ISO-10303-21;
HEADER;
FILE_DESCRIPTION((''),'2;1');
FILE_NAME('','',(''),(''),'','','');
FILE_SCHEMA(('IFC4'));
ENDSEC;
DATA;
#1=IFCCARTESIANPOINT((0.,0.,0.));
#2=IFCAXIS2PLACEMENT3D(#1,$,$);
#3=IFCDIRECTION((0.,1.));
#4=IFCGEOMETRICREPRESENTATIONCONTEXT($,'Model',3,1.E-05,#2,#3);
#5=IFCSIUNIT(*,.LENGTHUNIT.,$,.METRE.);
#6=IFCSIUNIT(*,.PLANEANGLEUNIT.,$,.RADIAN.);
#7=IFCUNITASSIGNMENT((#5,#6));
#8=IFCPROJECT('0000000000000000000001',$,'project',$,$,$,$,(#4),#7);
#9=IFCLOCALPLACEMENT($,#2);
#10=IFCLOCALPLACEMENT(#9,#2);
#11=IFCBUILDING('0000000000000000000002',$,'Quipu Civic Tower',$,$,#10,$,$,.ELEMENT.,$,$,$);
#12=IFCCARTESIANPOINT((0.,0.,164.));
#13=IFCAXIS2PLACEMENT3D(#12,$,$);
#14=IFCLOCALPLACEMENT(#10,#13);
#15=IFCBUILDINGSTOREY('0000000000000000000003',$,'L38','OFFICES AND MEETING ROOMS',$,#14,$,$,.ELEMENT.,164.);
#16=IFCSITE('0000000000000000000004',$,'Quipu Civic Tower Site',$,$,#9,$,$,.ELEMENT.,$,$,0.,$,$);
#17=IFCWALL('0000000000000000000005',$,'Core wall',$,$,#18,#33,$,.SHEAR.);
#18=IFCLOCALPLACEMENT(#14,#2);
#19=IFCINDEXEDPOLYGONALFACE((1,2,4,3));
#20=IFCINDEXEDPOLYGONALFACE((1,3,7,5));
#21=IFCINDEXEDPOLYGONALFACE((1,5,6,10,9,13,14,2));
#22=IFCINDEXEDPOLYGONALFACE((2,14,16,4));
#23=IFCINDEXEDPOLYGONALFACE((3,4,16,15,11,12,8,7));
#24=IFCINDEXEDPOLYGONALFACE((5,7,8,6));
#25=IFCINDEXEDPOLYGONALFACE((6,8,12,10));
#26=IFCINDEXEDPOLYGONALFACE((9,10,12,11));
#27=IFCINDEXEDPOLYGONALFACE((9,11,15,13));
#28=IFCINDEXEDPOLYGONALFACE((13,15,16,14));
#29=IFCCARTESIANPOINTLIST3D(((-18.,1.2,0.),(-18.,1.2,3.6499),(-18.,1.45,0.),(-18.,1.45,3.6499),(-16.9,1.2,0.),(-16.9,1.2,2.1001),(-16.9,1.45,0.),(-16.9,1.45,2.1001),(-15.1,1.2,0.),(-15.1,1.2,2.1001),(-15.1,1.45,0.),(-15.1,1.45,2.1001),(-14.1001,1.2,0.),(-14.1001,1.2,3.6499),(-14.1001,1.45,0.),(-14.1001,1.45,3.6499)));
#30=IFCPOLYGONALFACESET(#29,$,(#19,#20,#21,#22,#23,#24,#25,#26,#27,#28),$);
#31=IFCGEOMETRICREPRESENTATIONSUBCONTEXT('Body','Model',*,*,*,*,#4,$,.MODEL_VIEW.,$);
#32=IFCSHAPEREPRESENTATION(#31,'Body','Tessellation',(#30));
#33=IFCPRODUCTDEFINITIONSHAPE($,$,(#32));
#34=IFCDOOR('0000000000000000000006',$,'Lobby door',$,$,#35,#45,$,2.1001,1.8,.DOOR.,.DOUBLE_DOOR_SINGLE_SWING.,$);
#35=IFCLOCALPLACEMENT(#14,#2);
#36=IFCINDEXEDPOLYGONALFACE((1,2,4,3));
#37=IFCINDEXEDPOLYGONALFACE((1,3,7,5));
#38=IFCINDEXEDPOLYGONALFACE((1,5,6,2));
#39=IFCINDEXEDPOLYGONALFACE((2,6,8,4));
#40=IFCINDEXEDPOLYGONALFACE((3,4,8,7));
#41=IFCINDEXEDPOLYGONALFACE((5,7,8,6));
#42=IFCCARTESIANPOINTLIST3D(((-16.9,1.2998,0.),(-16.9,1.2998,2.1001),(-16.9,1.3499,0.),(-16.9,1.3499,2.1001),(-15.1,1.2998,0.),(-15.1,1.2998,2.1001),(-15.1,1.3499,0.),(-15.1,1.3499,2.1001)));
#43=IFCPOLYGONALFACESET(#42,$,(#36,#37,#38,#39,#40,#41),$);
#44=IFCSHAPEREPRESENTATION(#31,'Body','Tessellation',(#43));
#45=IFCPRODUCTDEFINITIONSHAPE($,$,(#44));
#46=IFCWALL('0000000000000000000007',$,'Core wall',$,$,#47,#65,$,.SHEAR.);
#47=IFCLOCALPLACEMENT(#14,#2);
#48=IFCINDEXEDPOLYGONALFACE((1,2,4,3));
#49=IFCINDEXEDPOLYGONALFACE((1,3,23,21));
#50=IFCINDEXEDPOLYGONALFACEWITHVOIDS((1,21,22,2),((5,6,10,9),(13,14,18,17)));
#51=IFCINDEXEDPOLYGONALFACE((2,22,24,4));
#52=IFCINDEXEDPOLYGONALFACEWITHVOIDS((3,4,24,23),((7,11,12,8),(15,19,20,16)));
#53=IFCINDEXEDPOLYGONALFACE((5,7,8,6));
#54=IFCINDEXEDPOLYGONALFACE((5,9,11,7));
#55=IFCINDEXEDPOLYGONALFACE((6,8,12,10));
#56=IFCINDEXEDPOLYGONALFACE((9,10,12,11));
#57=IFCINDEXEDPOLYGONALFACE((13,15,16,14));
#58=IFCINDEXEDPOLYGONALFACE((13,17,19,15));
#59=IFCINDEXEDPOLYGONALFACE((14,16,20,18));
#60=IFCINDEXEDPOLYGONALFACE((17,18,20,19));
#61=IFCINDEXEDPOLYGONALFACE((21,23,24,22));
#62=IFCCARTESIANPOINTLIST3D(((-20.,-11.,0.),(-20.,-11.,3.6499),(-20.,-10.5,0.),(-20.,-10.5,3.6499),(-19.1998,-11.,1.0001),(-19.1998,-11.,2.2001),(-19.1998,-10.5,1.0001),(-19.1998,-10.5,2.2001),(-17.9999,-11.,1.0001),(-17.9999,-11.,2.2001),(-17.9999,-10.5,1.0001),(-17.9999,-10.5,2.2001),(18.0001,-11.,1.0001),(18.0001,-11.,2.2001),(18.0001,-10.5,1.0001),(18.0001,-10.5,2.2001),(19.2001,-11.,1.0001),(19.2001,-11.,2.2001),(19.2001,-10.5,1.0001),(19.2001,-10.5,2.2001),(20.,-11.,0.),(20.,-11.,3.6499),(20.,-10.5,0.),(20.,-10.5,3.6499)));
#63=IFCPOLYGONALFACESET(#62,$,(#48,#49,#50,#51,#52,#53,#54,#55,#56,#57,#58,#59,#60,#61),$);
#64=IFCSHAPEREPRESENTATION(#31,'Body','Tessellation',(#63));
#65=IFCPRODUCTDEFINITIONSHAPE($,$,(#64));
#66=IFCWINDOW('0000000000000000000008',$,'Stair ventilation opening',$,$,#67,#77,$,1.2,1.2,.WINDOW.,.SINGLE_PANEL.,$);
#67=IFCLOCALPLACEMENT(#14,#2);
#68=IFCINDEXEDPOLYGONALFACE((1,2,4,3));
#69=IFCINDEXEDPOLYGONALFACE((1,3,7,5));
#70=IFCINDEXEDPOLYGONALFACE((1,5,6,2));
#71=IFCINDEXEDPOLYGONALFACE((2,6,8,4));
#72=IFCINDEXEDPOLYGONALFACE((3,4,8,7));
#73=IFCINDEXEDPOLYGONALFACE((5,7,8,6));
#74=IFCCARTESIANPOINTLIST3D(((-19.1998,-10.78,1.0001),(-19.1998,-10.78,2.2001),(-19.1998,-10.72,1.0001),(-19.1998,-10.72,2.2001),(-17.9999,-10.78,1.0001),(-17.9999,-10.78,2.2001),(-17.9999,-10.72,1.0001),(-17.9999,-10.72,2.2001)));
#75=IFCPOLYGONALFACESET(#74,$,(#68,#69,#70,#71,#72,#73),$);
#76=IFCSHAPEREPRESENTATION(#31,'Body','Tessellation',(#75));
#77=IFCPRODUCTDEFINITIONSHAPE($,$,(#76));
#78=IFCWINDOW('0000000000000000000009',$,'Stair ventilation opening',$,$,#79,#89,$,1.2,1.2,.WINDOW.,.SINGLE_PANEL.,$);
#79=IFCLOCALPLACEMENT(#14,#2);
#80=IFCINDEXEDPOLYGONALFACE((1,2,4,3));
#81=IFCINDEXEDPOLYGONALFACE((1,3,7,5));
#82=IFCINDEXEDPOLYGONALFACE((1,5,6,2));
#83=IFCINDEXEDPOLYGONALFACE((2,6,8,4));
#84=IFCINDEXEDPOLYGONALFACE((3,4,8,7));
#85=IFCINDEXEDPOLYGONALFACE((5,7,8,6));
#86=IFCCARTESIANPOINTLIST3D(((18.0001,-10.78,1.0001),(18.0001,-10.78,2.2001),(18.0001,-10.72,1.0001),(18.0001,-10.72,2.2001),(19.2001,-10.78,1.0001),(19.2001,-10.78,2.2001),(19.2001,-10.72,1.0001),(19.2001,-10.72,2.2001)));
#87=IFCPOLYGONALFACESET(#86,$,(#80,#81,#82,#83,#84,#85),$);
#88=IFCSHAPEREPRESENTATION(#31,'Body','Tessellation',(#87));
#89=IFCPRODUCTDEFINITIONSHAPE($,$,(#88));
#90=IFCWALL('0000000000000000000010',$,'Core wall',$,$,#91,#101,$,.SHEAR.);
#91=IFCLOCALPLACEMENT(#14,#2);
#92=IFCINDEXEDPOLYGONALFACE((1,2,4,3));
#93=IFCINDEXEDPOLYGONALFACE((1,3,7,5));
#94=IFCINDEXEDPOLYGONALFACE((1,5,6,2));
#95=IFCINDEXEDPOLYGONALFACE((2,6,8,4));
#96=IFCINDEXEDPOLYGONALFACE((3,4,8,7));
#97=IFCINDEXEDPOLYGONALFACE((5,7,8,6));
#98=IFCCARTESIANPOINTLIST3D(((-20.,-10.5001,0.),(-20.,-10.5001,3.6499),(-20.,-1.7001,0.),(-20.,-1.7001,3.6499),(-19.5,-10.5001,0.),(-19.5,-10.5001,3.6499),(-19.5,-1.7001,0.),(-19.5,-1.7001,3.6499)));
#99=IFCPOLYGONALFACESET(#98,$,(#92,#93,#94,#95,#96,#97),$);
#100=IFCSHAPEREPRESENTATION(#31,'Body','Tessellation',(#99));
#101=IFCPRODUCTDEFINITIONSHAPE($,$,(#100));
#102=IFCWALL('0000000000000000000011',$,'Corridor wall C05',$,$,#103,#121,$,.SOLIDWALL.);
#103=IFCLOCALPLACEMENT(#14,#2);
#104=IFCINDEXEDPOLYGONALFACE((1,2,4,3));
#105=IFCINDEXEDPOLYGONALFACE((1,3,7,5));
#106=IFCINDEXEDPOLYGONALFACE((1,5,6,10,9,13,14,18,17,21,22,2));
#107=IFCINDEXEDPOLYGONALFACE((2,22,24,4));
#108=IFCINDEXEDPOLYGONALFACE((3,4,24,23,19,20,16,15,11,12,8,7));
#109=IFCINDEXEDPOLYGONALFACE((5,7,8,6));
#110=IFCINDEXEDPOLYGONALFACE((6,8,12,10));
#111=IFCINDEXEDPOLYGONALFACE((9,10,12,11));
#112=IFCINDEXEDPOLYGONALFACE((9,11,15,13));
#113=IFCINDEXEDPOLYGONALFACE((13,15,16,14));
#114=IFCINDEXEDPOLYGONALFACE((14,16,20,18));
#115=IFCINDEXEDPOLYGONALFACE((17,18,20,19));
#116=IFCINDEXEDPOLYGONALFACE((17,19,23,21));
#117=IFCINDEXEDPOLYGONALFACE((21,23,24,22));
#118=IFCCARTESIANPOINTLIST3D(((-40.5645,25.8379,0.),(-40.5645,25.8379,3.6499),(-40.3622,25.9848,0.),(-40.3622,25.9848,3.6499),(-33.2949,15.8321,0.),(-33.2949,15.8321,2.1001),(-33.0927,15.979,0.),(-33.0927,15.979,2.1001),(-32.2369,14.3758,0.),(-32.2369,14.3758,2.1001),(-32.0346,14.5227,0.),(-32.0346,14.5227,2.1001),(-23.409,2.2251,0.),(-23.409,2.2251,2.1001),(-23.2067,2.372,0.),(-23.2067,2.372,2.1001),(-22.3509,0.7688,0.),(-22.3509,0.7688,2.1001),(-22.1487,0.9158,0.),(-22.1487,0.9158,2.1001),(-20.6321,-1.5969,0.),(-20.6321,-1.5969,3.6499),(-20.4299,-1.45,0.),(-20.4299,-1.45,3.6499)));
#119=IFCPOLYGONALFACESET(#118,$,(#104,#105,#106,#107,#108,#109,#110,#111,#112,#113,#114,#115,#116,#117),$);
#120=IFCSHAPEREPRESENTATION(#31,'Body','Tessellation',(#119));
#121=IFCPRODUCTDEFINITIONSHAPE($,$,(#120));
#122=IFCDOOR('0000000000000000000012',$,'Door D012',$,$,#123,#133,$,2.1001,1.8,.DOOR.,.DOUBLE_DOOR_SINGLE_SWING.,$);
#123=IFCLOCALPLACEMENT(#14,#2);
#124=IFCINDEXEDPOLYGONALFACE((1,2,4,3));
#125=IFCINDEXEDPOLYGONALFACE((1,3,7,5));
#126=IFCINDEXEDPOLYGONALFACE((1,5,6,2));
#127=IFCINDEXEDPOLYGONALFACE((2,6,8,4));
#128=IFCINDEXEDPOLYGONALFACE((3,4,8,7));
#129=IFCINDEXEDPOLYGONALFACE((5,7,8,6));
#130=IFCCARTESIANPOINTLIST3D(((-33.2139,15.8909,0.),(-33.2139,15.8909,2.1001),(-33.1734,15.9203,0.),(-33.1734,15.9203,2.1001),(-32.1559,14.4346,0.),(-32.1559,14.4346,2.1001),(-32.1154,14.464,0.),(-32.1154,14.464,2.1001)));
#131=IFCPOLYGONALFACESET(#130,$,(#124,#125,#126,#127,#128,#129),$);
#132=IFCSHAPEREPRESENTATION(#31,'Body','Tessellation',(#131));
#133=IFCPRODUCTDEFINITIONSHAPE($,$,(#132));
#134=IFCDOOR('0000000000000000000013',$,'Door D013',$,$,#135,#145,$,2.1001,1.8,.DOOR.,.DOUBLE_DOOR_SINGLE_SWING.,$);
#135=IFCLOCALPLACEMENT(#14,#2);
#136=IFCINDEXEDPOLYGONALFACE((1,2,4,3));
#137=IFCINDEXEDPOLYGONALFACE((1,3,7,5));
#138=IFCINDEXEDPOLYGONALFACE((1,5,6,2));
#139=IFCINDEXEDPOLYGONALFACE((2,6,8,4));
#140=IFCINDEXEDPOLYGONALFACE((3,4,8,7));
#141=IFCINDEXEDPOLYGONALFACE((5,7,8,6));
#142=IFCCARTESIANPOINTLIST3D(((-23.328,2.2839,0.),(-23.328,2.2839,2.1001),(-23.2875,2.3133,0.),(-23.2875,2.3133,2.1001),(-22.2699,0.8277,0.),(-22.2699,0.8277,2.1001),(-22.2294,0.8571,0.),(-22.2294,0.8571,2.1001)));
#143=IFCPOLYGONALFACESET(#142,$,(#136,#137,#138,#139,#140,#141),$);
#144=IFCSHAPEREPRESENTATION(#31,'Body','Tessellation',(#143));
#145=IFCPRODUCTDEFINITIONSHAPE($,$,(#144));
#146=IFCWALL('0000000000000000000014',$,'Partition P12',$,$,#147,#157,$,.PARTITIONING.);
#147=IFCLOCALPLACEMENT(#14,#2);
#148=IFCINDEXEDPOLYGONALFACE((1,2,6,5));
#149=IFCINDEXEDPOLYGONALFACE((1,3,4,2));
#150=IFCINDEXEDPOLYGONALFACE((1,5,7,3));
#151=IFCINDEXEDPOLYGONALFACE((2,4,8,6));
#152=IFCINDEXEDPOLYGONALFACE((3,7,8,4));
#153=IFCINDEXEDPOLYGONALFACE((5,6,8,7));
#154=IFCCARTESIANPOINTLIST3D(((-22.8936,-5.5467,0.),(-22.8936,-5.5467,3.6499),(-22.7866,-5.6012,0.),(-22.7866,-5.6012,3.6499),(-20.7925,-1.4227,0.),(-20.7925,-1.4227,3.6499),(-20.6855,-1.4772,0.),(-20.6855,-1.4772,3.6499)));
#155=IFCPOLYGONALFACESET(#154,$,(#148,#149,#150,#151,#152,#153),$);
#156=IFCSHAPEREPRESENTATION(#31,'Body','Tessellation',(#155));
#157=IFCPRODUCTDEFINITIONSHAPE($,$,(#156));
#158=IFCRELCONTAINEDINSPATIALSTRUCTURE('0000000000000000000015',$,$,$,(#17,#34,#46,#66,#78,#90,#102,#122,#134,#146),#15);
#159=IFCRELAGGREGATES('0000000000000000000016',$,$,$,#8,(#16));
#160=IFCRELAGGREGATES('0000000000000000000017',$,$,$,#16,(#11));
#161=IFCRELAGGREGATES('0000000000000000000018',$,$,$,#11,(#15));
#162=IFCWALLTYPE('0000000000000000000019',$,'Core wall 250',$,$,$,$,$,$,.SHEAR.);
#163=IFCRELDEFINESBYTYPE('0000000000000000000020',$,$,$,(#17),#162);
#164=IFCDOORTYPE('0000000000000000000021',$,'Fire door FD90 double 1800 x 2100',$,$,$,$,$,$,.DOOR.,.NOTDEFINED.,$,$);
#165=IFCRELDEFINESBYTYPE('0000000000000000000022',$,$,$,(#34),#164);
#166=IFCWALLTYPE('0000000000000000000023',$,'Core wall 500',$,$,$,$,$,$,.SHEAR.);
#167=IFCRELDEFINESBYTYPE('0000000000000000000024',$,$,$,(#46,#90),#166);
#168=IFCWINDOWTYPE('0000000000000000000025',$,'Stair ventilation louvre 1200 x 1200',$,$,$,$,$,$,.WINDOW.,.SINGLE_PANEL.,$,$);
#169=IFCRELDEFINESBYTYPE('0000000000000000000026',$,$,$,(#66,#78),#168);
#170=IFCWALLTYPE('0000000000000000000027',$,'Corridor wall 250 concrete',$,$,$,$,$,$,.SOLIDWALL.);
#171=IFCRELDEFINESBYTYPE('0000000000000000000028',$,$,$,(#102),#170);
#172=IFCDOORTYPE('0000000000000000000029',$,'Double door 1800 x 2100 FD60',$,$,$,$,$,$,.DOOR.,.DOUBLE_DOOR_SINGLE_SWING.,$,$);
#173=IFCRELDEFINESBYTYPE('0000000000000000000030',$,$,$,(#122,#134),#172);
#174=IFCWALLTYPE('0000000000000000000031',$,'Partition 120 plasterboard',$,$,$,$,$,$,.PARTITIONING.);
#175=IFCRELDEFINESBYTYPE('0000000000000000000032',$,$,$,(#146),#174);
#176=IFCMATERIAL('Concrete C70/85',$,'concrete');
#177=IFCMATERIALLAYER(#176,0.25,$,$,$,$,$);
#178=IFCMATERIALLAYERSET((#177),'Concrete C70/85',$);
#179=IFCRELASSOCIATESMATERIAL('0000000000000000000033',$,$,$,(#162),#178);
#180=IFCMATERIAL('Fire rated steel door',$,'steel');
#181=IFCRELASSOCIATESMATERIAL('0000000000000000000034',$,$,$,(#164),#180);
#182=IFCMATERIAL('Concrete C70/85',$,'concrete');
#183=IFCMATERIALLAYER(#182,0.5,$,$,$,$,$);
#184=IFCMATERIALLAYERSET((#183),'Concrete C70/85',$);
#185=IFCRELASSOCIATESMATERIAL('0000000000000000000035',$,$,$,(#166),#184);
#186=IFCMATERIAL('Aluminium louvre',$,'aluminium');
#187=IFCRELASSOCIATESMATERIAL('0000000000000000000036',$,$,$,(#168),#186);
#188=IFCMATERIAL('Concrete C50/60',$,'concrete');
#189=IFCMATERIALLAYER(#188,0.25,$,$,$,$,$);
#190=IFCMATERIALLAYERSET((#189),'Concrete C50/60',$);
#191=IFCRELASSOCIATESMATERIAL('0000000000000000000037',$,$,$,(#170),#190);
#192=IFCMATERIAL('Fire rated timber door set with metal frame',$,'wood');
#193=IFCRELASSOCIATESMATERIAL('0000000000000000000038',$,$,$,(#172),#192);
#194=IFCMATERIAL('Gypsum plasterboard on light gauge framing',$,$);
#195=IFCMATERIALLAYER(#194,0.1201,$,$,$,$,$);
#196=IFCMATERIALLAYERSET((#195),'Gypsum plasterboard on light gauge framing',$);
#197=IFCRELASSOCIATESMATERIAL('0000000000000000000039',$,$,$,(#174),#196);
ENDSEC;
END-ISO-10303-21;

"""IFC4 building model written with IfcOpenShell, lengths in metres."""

from ifc_helpers import new_model, si_unit, direction, frame, frame_2d, origin, place, context, subcontext, project, spatial, rectangle, extrude, material, layer, layer_set, type_object, element, fill, save


model = new_model("IFC4")

# Units and contexts
model_context = context("Model", 3, precision=1e-05, world=origin(), true_north=direction((0.0, 1.0)))
body_context = subcontext(model_context, "Body", "Model", "MODEL_VIEW")
ifc_project = project(units=[si_unit("LENGTHUNIT", "METRE"), si_unit("PLANEANGLEUNIT", "RADIAN")], contexts=[model_context])

# Site, building, storey
site_placement = place(None, origin())
site = spatial("IfcSite", under=ifc_project, at=site_placement, Name="Quipu Civic Tower Site", CompositionType="ELEMENT", RefElevation=0.0)
building_placement = place(site_placement, origin())
building = spatial("IfcBuilding", under=site, at=building_placement, Name="Quipu Civic Tower", CompositionType="ELEMENT")
storey_placement = place(building_placement, frame((0.0, 0.0, 164.0)))
storey = spatial("IfcBuildingStorey", under=building, at=storey_placement, Name="L38", Description="OFFICES AND MEETING ROOMS", CompositionType="ELEMENT", Elevation=164.0)

# Wall, opening, door
ifc_material_1 = material(Name="Concrete C70/85", Category="concrete")
ifc_layer_1 = layer(ifc_material_1, 0.25)
ifc_layer_set_1 = layer_set([ifc_layer_1], Name="Concrete C70/85")
wall_type_1 = type_object("IfcWallType", Name="Core wall 250", PredefinedType="SHEAR", material=ifc_layer_set_1)
wall_1_placement = place(storey_placement, frame((-18.0, 1.325, 0.0), z_axis=(0.0, 0.0, 1.0), x_axis=(1.0, 0.0, 0.0)))
wall_1 = element("IfcWall", 1, at=wall_1_placement, inside=storey, type_object=wall_type_1, Name="Core wall", PredefinedType="SHEAR", context=body_context, shape_type="SweptSolid", body=[
    extrude(rectangle(XDim=3.8999, YDim=0.25, at=frame_2d((1.95, 0.0))), origin(), (0.0, 0.0, 1.0), 3.6499),
])
opening_1_placement = place(wall_1_placement, frame((1.1001, 0.0, 0.0)))
opening_1 = element("IfcOpeningElement", 2, at=opening_1_placement, cuts=wall_1, PredefinedType="OPENING", context=body_context, shape_type="SweptSolid", body=[
    extrude(rectangle(XDim=1.8, YDim=2.1001, at=frame_2d((0.8999, 1.05))), frame((0.0, 0.135, 0.0), z_axis=(0.0, -1.0, 0.0), x_axis=(1.0, 0.0, 0.0)), (0.0, 0.0, 1.0), 0.27),
])
ifc_material_2 = material(Name="Fire rated steel door", Category="steel")
door_type_1 = type_object("IfcDoorType", Name="Fire door FD90 double 1800 x 2100", OperationType="NOTDEFINED", PredefinedType="DOOR", material=ifc_material_2)
door_1_placement = place(opening_1_placement, origin())
door_1 = element("IfcDoor", 3, at=door_1_placement, inside=storey, type_object=door_type_1, Name="Lobby door", OperationType="DOUBLE_DOOR_SINGLE_SWING", OverallHeight=2.1001, OverallWidth=1.8, PredefinedType="DOOR", context=body_context, shape_type="SweptSolid", body=[
    extrude(rectangle(XDim=1.8, YDim=2.1001, at=frame_2d((0.8999, 1.05))), frame((0.0, 0.0249, 0.0), z_axis=(0.0, -1.0, 0.0), x_axis=(1.0, 0.0, 0.0)), (0.0, 0.0, 1.0), 0.05),
])
fill(opening_1, door_1)

# Wall, openings, windows
ifc_material_3 = material(Name="Concrete C70/85", Category="concrete")
ifc_layer_2 = layer(ifc_material_3, 0.5)
ifc_layer_set_2 = layer_set([ifc_layer_2], Name="Concrete C70/85")
wall_type_2 = type_object("IfcWallType", Name="Core wall 500", PredefinedType="SHEAR", material=ifc_layer_set_2)
wall_2_placement = place(storey_placement, frame((-20.0, -10.75, 0.0), z_axis=(0.0, 0.0, 1.0), x_axis=(1.0, 0.0, 0.0)))
wall_2 = element("IfcWall", 4, at=wall_2_placement, inside=storey, type_object=wall_type_2, Name="Core wall", PredefinedType="SHEAR", context=body_context, shape_type="SweptSolid", body=[
    extrude(rectangle(XDim=40.0, YDim=0.5, at=frame_2d((20.0, 0.0))), origin(), (0.0, 0.0, 1.0), 3.6499),
])
opening_2_placement = place(wall_2_placement, frame((0.8, 0.0, 1.0)))
opening_2 = element("IfcOpeningElement", 5, at=opening_2_placement, cuts=wall_2, PredefinedType="OPENING", context=body_context, shape_type="SweptSolid", body=[
    extrude(rectangle(XDim=1.2, YDim=1.2, at=frame_2d((0.6001, 0.6001))), frame((0.0, 0.26, 0.0), z_axis=(0.0, -1.0, 0.0), x_axis=(1.0, 0.0, 0.0)), (0.0, 0.0, 1.0), 0.52),
])
opening_3_placement = place(wall_2_placement, frame((38.0, 0.0, 1.0)))
opening_3 = element("IfcOpeningElement", 6, at=opening_3_placement, cuts=wall_2, PredefinedType="OPENING", context=body_context, shape_type="SweptSolid", body=[
    extrude(rectangle(XDim=1.2, YDim=1.2, at=frame_2d((0.6001, 0.6001))), frame((0.0, 0.26, 0.0), z_axis=(0.0, -1.0, 0.0), x_axis=(1.0, 0.0, 0.0)), (0.0, 0.0, 1.0), 0.52),
])
ifc_material_4 = material(Name="Aluminium louvre", Category="aluminium")
window_type = type_object("IfcWindowType", Name="Stair ventilation louvre 1200 x 1200", PartitioningType="SINGLE_PANEL", PredefinedType="WINDOW", material=ifc_material_4)
window_1_placement = place(opening_2_placement, origin())
window_1 = element("IfcWindow", 7, at=window_1_placement, inside=storey, type_object=window_type, Name="Stair ventilation opening", OverallHeight=1.2, OverallWidth=1.2, PartitioningType="SINGLE_PANEL", PredefinedType="WINDOW", context=body_context, shape_type="SweptSolid", body=[
    extrude(rectangle(XDim=1.2, YDim=1.2, at=frame_2d((0.6001, 0.6001))), frame((0.0, 0.03, 0.0), z_axis=(0.0, -1.0, 0.0), x_axis=(1.0, 0.0, 0.0)), (0.0, 0.0, 1.0), 0.0601),
])
fill(opening_2, window_1)
window_2_placement = place(opening_3_placement, origin())
window_2 = element("IfcWindow", 8, at=window_2_placement, inside=storey, type_object=window_type, Name="Stair ventilation opening", OverallHeight=1.2, OverallWidth=1.2, PartitioningType="SINGLE_PANEL", PredefinedType="WINDOW", context=body_context, shape_type="SweptSolid", body=[
    extrude(rectangle(XDim=1.2, YDim=1.2, at=frame_2d((0.6001, 0.6001))), frame((0.0, 0.03, 0.0), z_axis=(0.0, -1.0, 0.0), x_axis=(1.0, 0.0, 0.0)), (0.0, 0.0, 1.0), 0.0601),
])
fill(opening_3, window_2)

# Wall
wall_3_placement = place(storey_placement, frame((-19.75, -10.5, 0.0), z_axis=(0.0, 0.0, 1.0), x_axis=(0.0, 1.0, 0.0)))
element("IfcWall", 9, at=wall_3_placement, inside=storey, type_object=wall_type_2, Name="Core wall", PredefinedType="SHEAR", context=body_context, shape_type="SweptSolid", body=[
    extrude(rectangle(XDim=8.8, YDim=0.5, at=frame_2d((4.3999, 0.0))), origin(), (0.0, 0.0, 1.0), 3.6499),
])

# Wall, openings, doors
ifc_material_5 = material(Name="Concrete C50/60", Category="concrete")
ifc_layer_3 = layer(ifc_material_5, 0.25)
ifc_layer_set_3 = layer_set([ifc_layer_3], Name="Concrete C50/60")
wall_type_3 = type_object("IfcWallType", Name="Corridor wall 250 concrete", PredefinedType="SOLIDWALL", material=ifc_layer_set_3)
wall_4_placement = place(storey_placement, frame((-20.531, -1.5234, 0.0), z_axis=(0.0, 0.0, 1.0), x_axis=(-0.587782, 0.80902, 0.0)))
wall_4 = element("IfcWall", 10, at=wall_4_placement, inside=storey, type_object=wall_type_3, Name="Corridor wall C05", PredefinedType="SOLIDWALL", context=body_context, shape_type="SweptSolid", body=[
    extrude(rectangle(XDim=33.9111, YDim=0.25, at=frame_2d((16.9556, 0.0))), origin(), (0.0, 0.0, 1.0), 3.6499),
])
opening_4_placement = place(wall_4_placement, frame((19.7434, 0.0, 0.0)))
opening_4 = element("IfcOpeningElement", 11, at=opening_4_placement, cuts=wall_4, PredefinedType="OPENING", context=body_context, shape_type="SweptSolid", body=[
    extrude(rectangle(XDim=1.8, YDim=2.1001, at=frame_2d((0.8999, 1.05))), frame((0.0, 0.135, 0.0), z_axis=(0.0, -1.0, 0.0), x_axis=(1.0, 0.0, 0.0)), (0.0, 0.0, 1.0), 0.27),
])
opening_5_placement = place(wall_4_placement, frame((2.9243, 0.0, 0.0)))
opening_5 = element("IfcOpeningElement", 12, at=opening_5_placement, cuts=wall_4, PredefinedType="OPENING", context=body_context, shape_type="SweptSolid", body=[
    extrude(rectangle(XDim=1.8, YDim=2.1001, at=frame_2d((0.8999, 1.05))), frame((0.0, 0.135, 0.0), z_axis=(0.0, -1.0, 0.0), x_axis=(1.0, 0.0, 0.0)), (0.0, 0.0, 1.0), 0.27),
])
ifc_material_6 = material(Name="Fire rated timber door set with metal frame", Category="wood")
door_type_2 = type_object("IfcDoorType", Name="Double door 1800 x 2100 FD60", OperationType="DOUBLE_DOOR_SINGLE_SWING", PredefinedType="DOOR", material=ifc_material_6)
door_2_placement = place(opening_4_placement, origin())
door_2 = element("IfcDoor", 13, at=door_2_placement, inside=storey, type_object=door_type_2, Name="Door D012", OperationType="DOUBLE_DOOR_SINGLE_SWING", OverallHeight=2.1001, OverallWidth=1.8, PredefinedType="DOOR", context=body_context, shape_type="SweptSolid", body=[
    extrude(rectangle(XDim=1.8, YDim=2.1001, at=frame_2d((0.8999, 1.05))), frame((0.0, 0.0249, 0.0), z_axis=(0.0, -1.0, 0.0), x_axis=(1.0, 0.0, 0.0)), (0.0, 0.0, 1.0), 0.05),
])
fill(opening_4, door_2)
door_3_placement = place(opening_5_placement, origin())
door_3 = element("IfcDoor", 14, at=door_3_placement, inside=storey, type_object=door_type_2, Name="Door D013", OperationType="DOUBLE_DOOR_SINGLE_SWING", OverallHeight=2.1001, OverallWidth=1.8, PredefinedType="DOOR", context=body_context, shape_type="SweptSolid", body=[
    extrude(rectangle(XDim=1.8, YDim=2.1001, at=frame_2d((0.8999, 1.05))), frame((0.0, 0.0249, 0.0), z_axis=(0.0, -1.0, 0.0), x_axis=(1.0, 0.0, 0.0)), (0.0, 0.0, 1.0), 0.05),
])
fill(opening_5, door_3)

# Wall
ifc_material_7 = material(Name="Gypsum plasterboard on light gauge framing")
ifc_layer_4 = layer(ifc_material_7, 0.1201)
ifc_layer_set_4 = layer_set([ifc_layer_4], Name="Gypsum plasterboard on light gauge framing")
wall_type_4 = type_object("IfcWallType", Name="Partition 120 plasterboard", PredefinedType="PARTITIONING", material=ifc_layer_set_4)
wall_5_placement = place(storey_placement, frame((-22.8401, -5.574, 0.0), z_axis=(0.0, 0.0, 1.0), x_axis=(0.453953, 0.891026, 0.0)))
element("IfcWall", 15, at=wall_5_placement, inside=storey, type_object=wall_type_4, Name="Partition P12", PredefinedType="PARTITIONING", context=body_context, shape_type="SweptSolid", body=[
    extrude(rectangle(XDim=4.6284, YDim=0.1201, at=frame_2d((2.3142, 0.0))), origin(), (0.0, 0.0, 1.0), 3.6499),
])

save(model, "model.ifc")
